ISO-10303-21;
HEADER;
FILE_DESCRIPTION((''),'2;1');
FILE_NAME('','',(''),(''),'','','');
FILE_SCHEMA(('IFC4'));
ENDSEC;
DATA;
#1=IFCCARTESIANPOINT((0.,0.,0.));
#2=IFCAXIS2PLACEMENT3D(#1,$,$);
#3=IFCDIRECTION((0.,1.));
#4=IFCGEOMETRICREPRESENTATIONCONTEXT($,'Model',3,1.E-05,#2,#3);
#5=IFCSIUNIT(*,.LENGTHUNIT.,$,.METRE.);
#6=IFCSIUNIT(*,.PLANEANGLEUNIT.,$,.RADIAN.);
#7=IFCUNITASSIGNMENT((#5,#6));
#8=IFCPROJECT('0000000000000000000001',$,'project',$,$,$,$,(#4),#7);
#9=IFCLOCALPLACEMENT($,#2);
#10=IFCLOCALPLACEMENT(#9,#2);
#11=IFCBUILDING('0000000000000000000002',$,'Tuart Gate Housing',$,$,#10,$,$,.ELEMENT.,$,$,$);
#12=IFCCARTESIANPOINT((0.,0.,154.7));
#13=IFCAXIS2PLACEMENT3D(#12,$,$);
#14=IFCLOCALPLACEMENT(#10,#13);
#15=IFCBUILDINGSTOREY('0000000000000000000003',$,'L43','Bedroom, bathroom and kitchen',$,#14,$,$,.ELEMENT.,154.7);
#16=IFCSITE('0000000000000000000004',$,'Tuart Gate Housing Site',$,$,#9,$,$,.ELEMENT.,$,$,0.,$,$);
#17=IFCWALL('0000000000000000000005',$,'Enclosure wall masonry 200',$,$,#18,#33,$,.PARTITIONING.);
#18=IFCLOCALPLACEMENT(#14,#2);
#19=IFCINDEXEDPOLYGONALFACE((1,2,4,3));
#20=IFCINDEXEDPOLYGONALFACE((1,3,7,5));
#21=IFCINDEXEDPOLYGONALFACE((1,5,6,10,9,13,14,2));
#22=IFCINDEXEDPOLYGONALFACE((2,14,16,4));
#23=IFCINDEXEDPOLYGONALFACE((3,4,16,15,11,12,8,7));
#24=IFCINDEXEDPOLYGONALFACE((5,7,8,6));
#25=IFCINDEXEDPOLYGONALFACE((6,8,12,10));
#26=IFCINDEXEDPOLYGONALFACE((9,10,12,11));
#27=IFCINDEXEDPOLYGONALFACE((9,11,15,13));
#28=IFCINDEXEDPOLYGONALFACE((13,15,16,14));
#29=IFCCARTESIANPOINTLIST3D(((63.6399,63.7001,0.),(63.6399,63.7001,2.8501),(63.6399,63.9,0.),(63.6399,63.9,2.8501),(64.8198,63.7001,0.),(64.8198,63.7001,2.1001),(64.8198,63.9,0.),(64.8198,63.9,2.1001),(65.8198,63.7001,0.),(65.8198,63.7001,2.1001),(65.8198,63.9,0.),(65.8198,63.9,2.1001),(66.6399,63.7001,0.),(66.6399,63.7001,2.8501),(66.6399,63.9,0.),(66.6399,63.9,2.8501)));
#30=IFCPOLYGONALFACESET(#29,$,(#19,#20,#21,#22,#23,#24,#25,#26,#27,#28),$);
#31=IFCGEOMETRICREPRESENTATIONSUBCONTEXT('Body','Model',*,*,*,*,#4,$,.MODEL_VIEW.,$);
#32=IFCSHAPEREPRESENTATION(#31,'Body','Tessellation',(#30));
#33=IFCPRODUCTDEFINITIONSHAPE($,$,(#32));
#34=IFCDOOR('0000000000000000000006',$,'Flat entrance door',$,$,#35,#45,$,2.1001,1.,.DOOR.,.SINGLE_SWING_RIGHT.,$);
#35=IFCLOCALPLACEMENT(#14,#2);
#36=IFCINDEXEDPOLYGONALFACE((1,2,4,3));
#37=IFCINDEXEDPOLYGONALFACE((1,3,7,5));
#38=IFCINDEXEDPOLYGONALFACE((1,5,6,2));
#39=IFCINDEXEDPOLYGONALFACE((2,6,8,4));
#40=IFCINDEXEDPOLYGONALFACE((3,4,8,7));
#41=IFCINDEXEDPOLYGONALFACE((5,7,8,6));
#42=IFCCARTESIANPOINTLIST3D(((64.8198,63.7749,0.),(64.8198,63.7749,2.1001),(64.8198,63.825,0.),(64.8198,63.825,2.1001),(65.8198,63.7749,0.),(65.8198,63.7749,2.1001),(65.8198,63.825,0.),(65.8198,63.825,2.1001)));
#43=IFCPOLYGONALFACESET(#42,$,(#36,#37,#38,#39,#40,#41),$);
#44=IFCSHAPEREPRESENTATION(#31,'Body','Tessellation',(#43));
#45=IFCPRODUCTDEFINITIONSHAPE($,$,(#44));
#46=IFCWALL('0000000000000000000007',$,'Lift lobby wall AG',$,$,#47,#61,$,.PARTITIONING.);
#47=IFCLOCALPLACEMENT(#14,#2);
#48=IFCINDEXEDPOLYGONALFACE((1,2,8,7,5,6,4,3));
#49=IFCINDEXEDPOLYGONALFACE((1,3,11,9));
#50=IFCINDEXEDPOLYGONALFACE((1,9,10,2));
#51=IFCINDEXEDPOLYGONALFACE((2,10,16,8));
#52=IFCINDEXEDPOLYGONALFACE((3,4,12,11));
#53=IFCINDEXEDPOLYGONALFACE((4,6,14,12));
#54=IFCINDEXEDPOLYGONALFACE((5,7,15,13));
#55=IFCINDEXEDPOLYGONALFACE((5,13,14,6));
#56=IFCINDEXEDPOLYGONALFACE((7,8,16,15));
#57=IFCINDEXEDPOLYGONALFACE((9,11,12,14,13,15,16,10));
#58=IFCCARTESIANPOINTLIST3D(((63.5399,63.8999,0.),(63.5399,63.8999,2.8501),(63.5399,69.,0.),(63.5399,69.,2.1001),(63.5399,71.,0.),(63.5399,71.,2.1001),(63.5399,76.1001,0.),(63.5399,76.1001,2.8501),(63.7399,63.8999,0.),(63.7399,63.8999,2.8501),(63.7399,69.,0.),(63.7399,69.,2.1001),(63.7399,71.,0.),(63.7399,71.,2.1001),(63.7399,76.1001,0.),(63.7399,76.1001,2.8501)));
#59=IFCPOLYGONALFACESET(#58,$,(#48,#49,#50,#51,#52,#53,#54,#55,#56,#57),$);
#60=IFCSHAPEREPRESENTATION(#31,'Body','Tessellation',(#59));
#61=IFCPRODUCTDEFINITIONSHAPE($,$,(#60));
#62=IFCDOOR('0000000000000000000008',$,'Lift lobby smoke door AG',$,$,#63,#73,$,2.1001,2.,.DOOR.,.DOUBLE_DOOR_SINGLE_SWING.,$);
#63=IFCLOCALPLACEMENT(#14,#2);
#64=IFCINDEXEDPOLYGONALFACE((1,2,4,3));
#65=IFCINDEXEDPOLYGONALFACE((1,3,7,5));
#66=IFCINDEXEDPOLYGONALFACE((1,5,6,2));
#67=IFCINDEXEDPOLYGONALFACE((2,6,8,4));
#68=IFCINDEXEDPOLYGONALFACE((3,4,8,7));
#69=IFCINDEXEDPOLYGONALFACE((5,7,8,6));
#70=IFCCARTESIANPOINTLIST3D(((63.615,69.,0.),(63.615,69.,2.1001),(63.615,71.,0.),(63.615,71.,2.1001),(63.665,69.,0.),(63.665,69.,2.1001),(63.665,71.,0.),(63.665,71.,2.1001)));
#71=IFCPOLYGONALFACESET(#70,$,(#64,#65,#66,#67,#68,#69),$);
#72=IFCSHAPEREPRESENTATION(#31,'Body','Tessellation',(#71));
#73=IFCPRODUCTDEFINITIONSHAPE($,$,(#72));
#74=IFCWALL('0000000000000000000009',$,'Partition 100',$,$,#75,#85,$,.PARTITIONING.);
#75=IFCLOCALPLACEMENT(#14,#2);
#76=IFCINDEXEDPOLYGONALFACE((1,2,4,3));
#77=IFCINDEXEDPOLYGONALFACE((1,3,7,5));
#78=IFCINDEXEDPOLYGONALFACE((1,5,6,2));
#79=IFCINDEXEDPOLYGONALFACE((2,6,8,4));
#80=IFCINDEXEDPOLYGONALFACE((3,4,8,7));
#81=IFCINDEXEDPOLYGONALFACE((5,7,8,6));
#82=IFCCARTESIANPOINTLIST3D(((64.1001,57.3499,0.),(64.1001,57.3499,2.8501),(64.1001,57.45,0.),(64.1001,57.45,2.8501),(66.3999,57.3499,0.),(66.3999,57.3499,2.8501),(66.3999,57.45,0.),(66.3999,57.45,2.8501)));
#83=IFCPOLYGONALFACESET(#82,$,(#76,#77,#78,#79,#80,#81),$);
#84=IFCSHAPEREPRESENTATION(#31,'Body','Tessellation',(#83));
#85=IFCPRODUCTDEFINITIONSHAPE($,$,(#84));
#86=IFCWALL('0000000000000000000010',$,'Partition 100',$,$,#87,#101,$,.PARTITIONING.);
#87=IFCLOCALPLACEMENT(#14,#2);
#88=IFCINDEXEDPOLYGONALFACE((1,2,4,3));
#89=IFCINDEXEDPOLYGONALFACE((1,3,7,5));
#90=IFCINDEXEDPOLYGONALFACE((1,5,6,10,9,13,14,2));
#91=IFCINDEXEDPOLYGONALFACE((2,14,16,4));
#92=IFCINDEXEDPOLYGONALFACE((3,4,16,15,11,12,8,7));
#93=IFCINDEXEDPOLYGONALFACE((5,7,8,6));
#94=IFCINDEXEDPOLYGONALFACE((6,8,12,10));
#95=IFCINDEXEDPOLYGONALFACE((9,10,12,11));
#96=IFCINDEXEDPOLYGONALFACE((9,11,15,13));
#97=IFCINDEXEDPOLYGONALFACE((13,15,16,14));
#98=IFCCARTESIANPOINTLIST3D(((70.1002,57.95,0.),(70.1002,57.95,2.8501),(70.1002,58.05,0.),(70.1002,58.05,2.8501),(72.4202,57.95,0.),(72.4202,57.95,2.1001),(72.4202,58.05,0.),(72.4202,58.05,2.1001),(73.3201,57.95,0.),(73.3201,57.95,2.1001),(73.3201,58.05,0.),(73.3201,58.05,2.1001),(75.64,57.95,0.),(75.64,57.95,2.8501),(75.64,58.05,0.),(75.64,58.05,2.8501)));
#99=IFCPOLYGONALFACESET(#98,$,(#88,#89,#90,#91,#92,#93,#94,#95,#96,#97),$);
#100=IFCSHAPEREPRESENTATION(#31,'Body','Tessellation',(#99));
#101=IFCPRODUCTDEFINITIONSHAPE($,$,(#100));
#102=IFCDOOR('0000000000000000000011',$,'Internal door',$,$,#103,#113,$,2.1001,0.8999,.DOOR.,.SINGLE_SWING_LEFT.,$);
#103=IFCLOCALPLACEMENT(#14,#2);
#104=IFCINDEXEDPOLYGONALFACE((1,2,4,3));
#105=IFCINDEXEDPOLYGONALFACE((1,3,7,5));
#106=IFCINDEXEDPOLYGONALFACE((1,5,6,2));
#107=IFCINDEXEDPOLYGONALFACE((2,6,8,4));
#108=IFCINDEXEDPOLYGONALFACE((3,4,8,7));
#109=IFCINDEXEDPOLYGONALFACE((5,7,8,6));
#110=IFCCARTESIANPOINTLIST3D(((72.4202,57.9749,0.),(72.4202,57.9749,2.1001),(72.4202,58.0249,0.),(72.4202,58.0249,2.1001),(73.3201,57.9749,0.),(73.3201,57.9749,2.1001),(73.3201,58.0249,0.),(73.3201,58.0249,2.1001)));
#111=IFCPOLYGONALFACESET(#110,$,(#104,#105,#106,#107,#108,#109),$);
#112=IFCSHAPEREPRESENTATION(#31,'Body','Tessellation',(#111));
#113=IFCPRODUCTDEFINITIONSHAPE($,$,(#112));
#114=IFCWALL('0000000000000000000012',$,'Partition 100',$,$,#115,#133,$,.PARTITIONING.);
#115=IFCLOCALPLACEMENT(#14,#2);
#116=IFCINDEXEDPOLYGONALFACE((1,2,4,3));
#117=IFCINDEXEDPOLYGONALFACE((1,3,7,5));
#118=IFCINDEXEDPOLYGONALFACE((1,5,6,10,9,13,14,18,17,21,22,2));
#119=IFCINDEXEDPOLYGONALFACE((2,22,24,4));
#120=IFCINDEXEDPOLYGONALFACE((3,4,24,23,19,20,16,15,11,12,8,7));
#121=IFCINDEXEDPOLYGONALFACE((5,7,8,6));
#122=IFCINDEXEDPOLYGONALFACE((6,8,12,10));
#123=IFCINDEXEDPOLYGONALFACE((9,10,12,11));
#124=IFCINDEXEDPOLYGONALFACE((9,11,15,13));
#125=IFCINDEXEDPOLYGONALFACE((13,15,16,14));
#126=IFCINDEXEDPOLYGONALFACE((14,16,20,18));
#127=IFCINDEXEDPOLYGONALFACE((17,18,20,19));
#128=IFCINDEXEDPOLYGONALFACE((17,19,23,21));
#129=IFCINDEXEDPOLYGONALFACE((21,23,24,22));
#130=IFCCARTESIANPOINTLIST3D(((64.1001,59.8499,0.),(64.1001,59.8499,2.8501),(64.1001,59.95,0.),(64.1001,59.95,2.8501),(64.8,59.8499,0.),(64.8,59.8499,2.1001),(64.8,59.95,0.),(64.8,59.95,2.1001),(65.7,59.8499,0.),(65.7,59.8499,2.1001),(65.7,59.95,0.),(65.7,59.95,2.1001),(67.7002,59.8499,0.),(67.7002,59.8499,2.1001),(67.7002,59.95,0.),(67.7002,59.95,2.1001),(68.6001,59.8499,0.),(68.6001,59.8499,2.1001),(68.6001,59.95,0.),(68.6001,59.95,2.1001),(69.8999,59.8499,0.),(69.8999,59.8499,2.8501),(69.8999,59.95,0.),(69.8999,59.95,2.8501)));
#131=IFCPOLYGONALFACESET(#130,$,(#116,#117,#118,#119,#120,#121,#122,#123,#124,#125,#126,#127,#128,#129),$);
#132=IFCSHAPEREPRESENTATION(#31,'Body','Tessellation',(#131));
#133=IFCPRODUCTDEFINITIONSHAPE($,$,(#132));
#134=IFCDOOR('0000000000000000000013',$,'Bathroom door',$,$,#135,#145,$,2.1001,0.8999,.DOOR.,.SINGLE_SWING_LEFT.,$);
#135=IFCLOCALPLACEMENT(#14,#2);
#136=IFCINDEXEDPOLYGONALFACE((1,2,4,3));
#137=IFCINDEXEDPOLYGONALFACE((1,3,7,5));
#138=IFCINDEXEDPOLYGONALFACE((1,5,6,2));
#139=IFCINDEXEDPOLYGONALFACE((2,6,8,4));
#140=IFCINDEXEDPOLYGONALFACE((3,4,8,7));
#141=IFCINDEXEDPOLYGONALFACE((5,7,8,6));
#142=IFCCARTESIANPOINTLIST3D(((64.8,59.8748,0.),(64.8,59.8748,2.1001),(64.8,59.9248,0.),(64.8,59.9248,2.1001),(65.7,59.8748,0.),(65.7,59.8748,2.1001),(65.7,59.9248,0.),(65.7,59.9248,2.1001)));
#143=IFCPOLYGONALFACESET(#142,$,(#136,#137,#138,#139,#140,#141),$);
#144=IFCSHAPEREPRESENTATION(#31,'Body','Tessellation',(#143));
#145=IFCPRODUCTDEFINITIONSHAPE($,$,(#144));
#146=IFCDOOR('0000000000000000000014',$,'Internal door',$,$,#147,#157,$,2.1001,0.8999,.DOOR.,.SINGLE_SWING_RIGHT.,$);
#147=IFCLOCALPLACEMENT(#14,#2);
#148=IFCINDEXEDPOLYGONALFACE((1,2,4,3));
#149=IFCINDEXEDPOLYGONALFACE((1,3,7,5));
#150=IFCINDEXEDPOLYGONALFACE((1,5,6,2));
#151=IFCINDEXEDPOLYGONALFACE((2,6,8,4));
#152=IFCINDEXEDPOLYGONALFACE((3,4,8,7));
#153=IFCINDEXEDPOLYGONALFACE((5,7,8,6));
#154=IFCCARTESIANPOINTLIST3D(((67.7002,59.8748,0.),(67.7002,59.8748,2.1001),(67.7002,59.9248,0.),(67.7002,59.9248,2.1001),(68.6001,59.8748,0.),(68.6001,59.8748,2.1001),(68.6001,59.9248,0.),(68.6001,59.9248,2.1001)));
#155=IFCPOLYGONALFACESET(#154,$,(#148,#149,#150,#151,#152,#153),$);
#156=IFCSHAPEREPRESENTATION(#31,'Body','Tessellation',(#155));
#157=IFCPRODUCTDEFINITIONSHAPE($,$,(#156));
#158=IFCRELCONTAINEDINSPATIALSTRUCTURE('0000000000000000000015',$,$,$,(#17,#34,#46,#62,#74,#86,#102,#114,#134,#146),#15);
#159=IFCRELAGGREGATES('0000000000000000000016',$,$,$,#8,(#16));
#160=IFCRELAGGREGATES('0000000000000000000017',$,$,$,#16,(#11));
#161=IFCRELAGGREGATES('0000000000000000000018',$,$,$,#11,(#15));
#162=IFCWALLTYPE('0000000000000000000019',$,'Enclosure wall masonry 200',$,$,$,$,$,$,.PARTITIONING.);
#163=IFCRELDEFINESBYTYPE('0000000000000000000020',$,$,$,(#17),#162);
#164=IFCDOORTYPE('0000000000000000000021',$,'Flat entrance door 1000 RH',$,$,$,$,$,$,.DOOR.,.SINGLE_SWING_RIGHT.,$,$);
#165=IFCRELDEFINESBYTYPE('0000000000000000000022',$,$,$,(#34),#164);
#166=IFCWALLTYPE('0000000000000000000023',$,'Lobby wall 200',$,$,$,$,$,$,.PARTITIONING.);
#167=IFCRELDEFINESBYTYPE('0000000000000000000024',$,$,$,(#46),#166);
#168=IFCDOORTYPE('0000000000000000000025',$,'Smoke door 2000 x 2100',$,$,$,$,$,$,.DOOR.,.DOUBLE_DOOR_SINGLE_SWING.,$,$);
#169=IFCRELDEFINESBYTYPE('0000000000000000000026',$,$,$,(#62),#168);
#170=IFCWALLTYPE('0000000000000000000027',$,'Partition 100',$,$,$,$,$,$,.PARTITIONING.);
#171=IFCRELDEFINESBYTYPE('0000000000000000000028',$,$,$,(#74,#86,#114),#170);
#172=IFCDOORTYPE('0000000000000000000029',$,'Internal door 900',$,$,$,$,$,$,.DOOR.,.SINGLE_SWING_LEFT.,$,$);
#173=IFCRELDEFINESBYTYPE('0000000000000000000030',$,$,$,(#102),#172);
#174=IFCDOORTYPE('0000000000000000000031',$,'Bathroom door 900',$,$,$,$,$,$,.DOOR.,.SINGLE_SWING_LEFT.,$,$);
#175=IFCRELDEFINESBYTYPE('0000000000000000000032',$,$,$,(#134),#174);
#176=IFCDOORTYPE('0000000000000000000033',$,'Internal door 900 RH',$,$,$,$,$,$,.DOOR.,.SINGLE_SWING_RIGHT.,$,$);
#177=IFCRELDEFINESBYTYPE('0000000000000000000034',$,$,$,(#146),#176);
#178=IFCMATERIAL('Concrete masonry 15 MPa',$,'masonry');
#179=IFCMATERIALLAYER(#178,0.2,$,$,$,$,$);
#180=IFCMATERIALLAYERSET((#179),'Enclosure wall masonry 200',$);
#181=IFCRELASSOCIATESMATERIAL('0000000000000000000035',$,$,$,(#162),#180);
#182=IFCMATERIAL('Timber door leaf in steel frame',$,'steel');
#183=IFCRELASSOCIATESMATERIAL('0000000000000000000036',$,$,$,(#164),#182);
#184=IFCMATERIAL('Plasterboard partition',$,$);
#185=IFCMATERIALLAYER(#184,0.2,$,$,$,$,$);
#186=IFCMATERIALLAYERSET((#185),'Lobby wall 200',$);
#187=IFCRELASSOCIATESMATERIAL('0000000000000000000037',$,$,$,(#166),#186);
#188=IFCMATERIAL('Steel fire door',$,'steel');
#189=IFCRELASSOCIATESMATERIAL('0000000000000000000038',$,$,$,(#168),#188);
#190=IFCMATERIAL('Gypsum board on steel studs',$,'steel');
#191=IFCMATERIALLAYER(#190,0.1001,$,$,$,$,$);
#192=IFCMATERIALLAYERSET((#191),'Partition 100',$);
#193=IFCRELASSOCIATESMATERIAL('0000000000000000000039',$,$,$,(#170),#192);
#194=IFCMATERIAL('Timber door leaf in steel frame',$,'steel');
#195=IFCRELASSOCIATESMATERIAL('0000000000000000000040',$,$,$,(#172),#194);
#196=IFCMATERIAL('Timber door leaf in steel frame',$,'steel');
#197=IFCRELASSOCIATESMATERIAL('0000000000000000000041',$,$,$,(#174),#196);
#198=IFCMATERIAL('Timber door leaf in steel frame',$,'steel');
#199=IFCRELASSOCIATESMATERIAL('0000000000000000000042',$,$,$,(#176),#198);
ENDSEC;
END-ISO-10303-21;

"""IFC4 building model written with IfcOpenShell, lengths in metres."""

from ifc_helpers import new_model, si_unit, direction, frame, frame_2d, origin, place, context, subcontext, project, spatial, rectangle, extrude, material, layer, layer_set, type_object, element, fill, save


model = new_model("IFC4")

# Units and contexts
model_context = context("Model", 3, precision=1e-05, world=origin(), true_north=direction((0.0, 1.0)))
body_context = subcontext(model_context, "Body", "Model", "MODEL_VIEW")
ifc_project = project(units=[si_unit("LENGTHUNIT", "METRE"), si_unit("PLANEANGLEUNIT", "RADIAN")], contexts=[model_context])

# Site, building, storey
site_placement = place(None, origin())
site = spatial("IfcSite", under=ifc_project, at=site_placement, Name="Tuart Gate Housing Site", CompositionType="ELEMENT", RefElevation=0.0)
building_placement = place(site_placement, origin())
building = spatial("IfcBuilding", under=site, at=building_placement, Name="Tuart Gate Housing", CompositionType="ELEMENT")
storey_placement = place(building_placement, frame((0.0, 0.0, 154.7)))
storey = spatial("IfcBuildingStorey", under=building, at=storey_placement, Name="L43", Description="Bedroom, bathroom and kitchen", CompositionType="ELEMENT", Elevation=154.7)

# Walls, openings, doors
ifc_material_1 = material(Name="Concrete masonry 15 MPa", Category="masonry")
ifc_layer_1 = layer(ifc_material_1, 0.2)
ifc_layer_set_1 = layer_set([ifc_layer_1], Name="Enclosure wall masonry 200")
wall_type_1 = type_object("IfcWallType", Name="Enclosure wall masonry 200", PredefinedType="PARTITIONING", material=ifc_layer_set_1)
wall_1_placement = place(storey_placement, frame((63.6399, 63.8, 0.0), z_axis=(0.0, 0.0, 1.0), x_axis=(1.0, 0.0, 0.0)))
wall_1 = element("IfcWall", 1, at=wall_1_placement, inside=storey, type_object=wall_type_1, Name="Enclosure wall masonry 200", PredefinedType="PARTITIONING", context=body_context, shape_type="SweptSolid", body=[
    extrude(rectangle(XDim=3.0, YDim=0.2, at=frame_2d((1.5, 0.0))), origin(), (0.0, 0.0, 1.0), 2.8501),
])
opening_1_placement = place(wall_1_placement, frame((1.1799, 0.0, 0.0)))
opening_1 = element("IfcOpeningElement", 2, at=opening_1_placement, cuts=wall_1, PredefinedType="OPENING", context=body_context, shape_type="SweptSolid", body=[
    extrude(rectangle(XDim=1.0, YDim=2.1001, at=frame_2d((0.5, 1.05))), frame((0.0, 0.1099, 0.0), z_axis=(0.0, -1.0, 0.0), x_axis=(1.0, 0.0, 0.0)), (0.0, 0.0, 1.0), 0.22),
])
ifc_material_2 = material(Name="Timber door leaf in steel frame", Category="steel")
door_type_1 = type_object("IfcDoorType", Name="Flat entrance door 1000 RH", OperationType="SINGLE_SWING_RIGHT", PredefinedType="DOOR", material=ifc_material_2)
door_1_placement = place(opening_1_placement, frame((1.0, 0.0, 0.0), z_axis=(0.0, 0.0, 1.0), x_axis=(-1.0, 0.0, 0.0)))
door_1 = element("IfcDoor", 3, at=door_1_placement, inside=storey, type_object=door_type_1, Name="Flat entrance door", OperationType="SINGLE_SWING_RIGHT", OverallHeight=2.1001, OverallWidth=1.0, PredefinedType="DOOR", context=body_context, shape_type="SweptSolid", body=[
    extrude(rectangle(XDim=1.0, YDim=2.1001, at=frame_2d((0.5, 1.05))), frame((0.0, 0.0251, 0.0), z_axis=(0.0, -1.0, 0.0), x_axis=(1.0, 0.0, 0.0)), (0.0, 0.0, 1.0), 0.05),
])
fill(opening_1, door_1)
ifc_material_3 = material(Name="Plasterboard partition")
ifc_layer_2 = layer(ifc_material_3, 0.2)
ifc_layer_set_2 = layer_set([ifc_layer_2], Name="Lobby wall 200")
wall_type_2 = type_object("IfcWallType", Name="Lobby wall 200", PredefinedType="PARTITIONING", material=ifc_layer_set_2)
wall_2_placement = place(storey_placement, frame((63.6399, 63.8999, 0.0), z_axis=(0.0, 0.0, 1.0), x_axis=(0.0, 1.0, 0.0)))
wall_2 = element("IfcWall", 4, at=wall_2_placement, inside=storey, type_object=wall_type_2, Name="Lift lobby wall AG", PredefinedType="PARTITIONING", context=body_context, shape_type="SweptSolid", body=[
    extrude(rectangle(XDim=12.2002, YDim=0.2, at=frame_2d((6.1001, 0.0))), origin(), (0.0, 0.0, 1.0), 2.8501),
])
opening_2_placement = place(wall_2_placement, frame((5.1001, 0.0, 0.0)))
opening_2 = element("IfcOpeningElement", 5, at=opening_2_placement, cuts=wall_2, PredefinedType="OPENING", context=body_context, shape_type="SweptSolid", body=[
    extrude(rectangle(XDim=2.0, YDim=2.1001, at=frame_2d((1.0, 1.05))), frame((0.0, 0.1099, 0.0), z_axis=(0.0, -1.0, 0.0), x_axis=(1.0, 0.0, 0.0)), (0.0, 0.0, 1.0), 0.22),
])
ifc_material_4 = material(Name="Steel fire door", Category="steel")
door_type_2 = type_object("IfcDoorType", Name="Smoke door 2000 x 2100", OperationType="DOUBLE_DOOR_SINGLE_SWING", PredefinedType="DOOR", material=ifc_material_4)
door_2_placement = place(opening_2_placement, frame((2.0, 0.0, 0.0), z_axis=(0.0, 0.0, 1.0), x_axis=(-1.0, 0.0, 0.0)))
door_2 = element("IfcDoor", 6, at=door_2_placement, inside=storey, type_object=door_type_2, Name="Lift lobby smoke door AG", OperationType="DOUBLE_DOOR_SINGLE_SWING", OverallHeight=2.1001, OverallWidth=2.0, PredefinedType="DOOR", context=body_context, shape_type="SweptSolid", body=[
    extrude(rectangle(XDim=2.0, YDim=2.1001, at=frame_2d((1.0, 1.05))), frame((0.0, 0.0251, 0.0), z_axis=(0.0, -1.0, 0.0), x_axis=(1.0, 0.0, 0.0)), (0.0, 0.0, 1.0), 0.05),
])
fill(opening_2, door_2)

# Wall
ifc_material_5 = material(Name="Gypsum board on steel studs", Category="steel")
ifc_layer_3 = layer(ifc_material_5, 0.1001)
ifc_layer_set_3 = layer_set([ifc_layer_3], Name="Partition 100")
wall_type_3 = type_object("IfcWallType", Name="Partition 100", PredefinedType="PARTITIONING", material=ifc_layer_set_3)
wall_3_placement = place(storey_placement, frame((64.1001, 57.3999, 0.0), z_axis=(0.0, 0.0, 1.0), x_axis=(1.0, 0.0, 0.0)))
element("IfcWall", 7, at=wall_3_placement, inside=storey, type_object=wall_type_3, Name="Partition 100", PredefinedType="PARTITIONING", context=body_context, shape_type="SweptSolid", body=[
    extrude(rectangle(XDim=2.2998, YDim=0.1001, at=frame_2d((1.1499, 0.0))), origin(), (0.0, 0.0, 1.0), 2.8501),
])

# Wall, opening, door
wall_4_placement = place(storey_placement, frame((70.1001, 58.0, 0.0), z_axis=(0.0, 0.0, 1.0), x_axis=(1.0, 0.0, 0.0)))
wall_4 = element("IfcWall", 8, at=wall_4_placement, inside=storey, type_object=wall_type_3, Name="Partition 100", PredefinedType="PARTITIONING", context=body_context, shape_type="SweptSolid", body=[
    extrude(rectangle(XDim=5.5398, YDim=0.1001, at=frame_2d((2.77, 0.0))), origin(), (0.0, 0.0, 1.0), 2.8501),
])
opening_3_placement = place(wall_4_placement, frame((2.3201, 0.0, 0.0)))
opening_3 = element("IfcOpeningElement", 9, at=opening_3_placement, cuts=wall_4, PredefinedType="OPENING", context=body_context, shape_type="SweptSolid", body=[
    extrude(rectangle(XDim=0.8999, YDim=2.1001, at=frame_2d((0.45, 1.05))), frame((0.0, 0.0601, 0.0), z_axis=(0.0, -1.0, 0.0), x_axis=(1.0, 0.0, 0.0)), (0.0, 0.0, 1.0), 0.1201),
])
ifc_material_6 = material(Name="Timber door leaf in steel frame", Category="steel")
door_type_3 = type_object("IfcDoorType", Name="Internal door 900", OperationType="SINGLE_SWING_LEFT", PredefinedType="DOOR", material=ifc_material_6)
door_3_placement = place(opening_3_placement, frame((0.8999, 0.0, 0.0), z_axis=(0.0, 0.0, 1.0), x_axis=(-1.0, 0.0, 0.0)))
door_3 = element("IfcDoor", 10, at=door_3_placement, inside=storey, type_object=door_type_3, Name="Internal door", OperationType="SINGLE_SWING_LEFT", OverallHeight=2.1001, OverallWidth=0.8999, PredefinedType="DOOR", context=body_context, shape_type="SweptSolid", body=[
    extrude(rectangle(XDim=0.8999, YDim=2.1001, at=frame_2d((0.45, 1.05))), frame((0.0, 0.0251, 0.0), z_axis=(0.0, -1.0, 0.0), x_axis=(1.0, 0.0, 0.0)), (0.0, 0.0, 1.0), 0.05),
])
fill(opening_3, door_3)

# Wall, openings, doors
wall_5_placement = place(storey_placement, frame((64.1001, 59.8999, 0.0), z_axis=(0.0, 0.0, 1.0), x_axis=(1.0, 0.0, 0.0)))
wall_5 = element("IfcWall", 11, at=wall_5_placement, inside=storey, type_object=wall_type_3, Name="Partition 100", PredefinedType="PARTITIONING", context=body_context, shape_type="SweptSolid", body=[
    extrude(rectangle(XDim=5.7998, YDim=0.1001, at=frame_2d((2.8999, 0.0))), origin(), (0.0, 0.0, 1.0), 2.8501),
])
opening_4_placement = place(wall_5_placement, frame((3.6001, 0.0, 0.0)))
opening_4 = element("IfcOpeningElement", 12, at=opening_4_placement, cuts=wall_5, PredefinedType="OPENING", context=body_context, shape_type="SweptSolid", body=[
    extrude(rectangle(XDim=0.8999, YDim=2.1001, at=frame_2d((0.45, 1.05))), frame((0.0, 0.0601, 0.0), z_axis=(0.0, -1.0, 0.0), x_axis=(1.0, 0.0, 0.0)), (0.0, 0.0, 1.0), 0.1201),
])
opening_5_placement = place(wall_5_placement, frame((0.7, 0.0, 0.0)))
opening_5 = element("IfcOpeningElement", 13, at=opening_5_placement, cuts=wall_5, PredefinedType="OPENING", context=body_context, shape_type="SweptSolid", body=[
    extrude(rectangle(XDim=0.8999, YDim=2.1001, at=frame_2d((0.45, 1.05))), frame((0.0, 0.0601, 0.0), z_axis=(0.0, -1.0, 0.0), x_axis=(1.0, 0.0, 0.0)), (0.0, 0.0, 1.0), 0.1201),
])
ifc_material_7 = material(Name="Timber door leaf in steel frame", Category="steel")
door_type_4 = type_object("IfcDoorType", Name="Bathroom door 900", OperationType="SINGLE_SWING_LEFT", PredefinedType="DOOR", material=ifc_material_7)
door_4_placement = place(opening_5_placement, frame((0.8999, 0.0, 0.0), z_axis=(0.0, 0.0, 1.0), x_axis=(-1.0, 0.0, 0.0)))
door_4 = element("IfcDoor", 14, at=door_4_placement, inside=storey, type_object=door_type_4, Name="Bathroom door", OperationType="SINGLE_SWING_LEFT", OverallHeight=2.1001, OverallWidth=0.8999, PredefinedType="DOOR", context=body_context, shape_type="SweptSolid", body=[
    extrude(rectangle(XDim=0.8999, YDim=2.1001, at=frame_2d((0.45, 1.05))), frame((0.0, 0.0251, 0.0), z_axis=(0.0, -1.0, 0.0), x_axis=(1.0, 0.0, 0.0)), (0.0, 0.0, 1.0), 0.05),
])
fill(opening_5, door_4)
ifc_material_8 = material(Name="Timber door leaf in steel frame", Category="steel")
door_type_5 = type_object("IfcDoorType", Name="Internal door 900 RH", OperationType="SINGLE_SWING_RIGHT", PredefinedType="DOOR", material=ifc_material_8)
door_5_placement = place(opening_4_placement, frame((0.8999, 0.0, 0.0), z_axis=(0.0, 0.0, 1.0), x_axis=(-1.0, 0.0, 0.0)))
door_5 = element("IfcDoor", 15, at=door_5_placement, inside=storey, type_object=door_type_5, Name="Internal door", OperationType="SINGLE_SWING_RIGHT", OverallHeight=2.1001, OverallWidth=0.8999, PredefinedType="DOOR", context=body_context, shape_type="SweptSolid", body=[
    extrude(rectangle(XDim=0.8999, YDim=2.1001, at=frame_2d((0.45, 1.05))), frame((0.0, 0.0251, 0.0), z_axis=(0.0, -1.0, 0.0), x_axis=(1.0, 0.0, 0.0)), (0.0, 0.0, 1.0), 0.05),
])
fill(opening_4, door_5)

save(model, "model.ifc")
